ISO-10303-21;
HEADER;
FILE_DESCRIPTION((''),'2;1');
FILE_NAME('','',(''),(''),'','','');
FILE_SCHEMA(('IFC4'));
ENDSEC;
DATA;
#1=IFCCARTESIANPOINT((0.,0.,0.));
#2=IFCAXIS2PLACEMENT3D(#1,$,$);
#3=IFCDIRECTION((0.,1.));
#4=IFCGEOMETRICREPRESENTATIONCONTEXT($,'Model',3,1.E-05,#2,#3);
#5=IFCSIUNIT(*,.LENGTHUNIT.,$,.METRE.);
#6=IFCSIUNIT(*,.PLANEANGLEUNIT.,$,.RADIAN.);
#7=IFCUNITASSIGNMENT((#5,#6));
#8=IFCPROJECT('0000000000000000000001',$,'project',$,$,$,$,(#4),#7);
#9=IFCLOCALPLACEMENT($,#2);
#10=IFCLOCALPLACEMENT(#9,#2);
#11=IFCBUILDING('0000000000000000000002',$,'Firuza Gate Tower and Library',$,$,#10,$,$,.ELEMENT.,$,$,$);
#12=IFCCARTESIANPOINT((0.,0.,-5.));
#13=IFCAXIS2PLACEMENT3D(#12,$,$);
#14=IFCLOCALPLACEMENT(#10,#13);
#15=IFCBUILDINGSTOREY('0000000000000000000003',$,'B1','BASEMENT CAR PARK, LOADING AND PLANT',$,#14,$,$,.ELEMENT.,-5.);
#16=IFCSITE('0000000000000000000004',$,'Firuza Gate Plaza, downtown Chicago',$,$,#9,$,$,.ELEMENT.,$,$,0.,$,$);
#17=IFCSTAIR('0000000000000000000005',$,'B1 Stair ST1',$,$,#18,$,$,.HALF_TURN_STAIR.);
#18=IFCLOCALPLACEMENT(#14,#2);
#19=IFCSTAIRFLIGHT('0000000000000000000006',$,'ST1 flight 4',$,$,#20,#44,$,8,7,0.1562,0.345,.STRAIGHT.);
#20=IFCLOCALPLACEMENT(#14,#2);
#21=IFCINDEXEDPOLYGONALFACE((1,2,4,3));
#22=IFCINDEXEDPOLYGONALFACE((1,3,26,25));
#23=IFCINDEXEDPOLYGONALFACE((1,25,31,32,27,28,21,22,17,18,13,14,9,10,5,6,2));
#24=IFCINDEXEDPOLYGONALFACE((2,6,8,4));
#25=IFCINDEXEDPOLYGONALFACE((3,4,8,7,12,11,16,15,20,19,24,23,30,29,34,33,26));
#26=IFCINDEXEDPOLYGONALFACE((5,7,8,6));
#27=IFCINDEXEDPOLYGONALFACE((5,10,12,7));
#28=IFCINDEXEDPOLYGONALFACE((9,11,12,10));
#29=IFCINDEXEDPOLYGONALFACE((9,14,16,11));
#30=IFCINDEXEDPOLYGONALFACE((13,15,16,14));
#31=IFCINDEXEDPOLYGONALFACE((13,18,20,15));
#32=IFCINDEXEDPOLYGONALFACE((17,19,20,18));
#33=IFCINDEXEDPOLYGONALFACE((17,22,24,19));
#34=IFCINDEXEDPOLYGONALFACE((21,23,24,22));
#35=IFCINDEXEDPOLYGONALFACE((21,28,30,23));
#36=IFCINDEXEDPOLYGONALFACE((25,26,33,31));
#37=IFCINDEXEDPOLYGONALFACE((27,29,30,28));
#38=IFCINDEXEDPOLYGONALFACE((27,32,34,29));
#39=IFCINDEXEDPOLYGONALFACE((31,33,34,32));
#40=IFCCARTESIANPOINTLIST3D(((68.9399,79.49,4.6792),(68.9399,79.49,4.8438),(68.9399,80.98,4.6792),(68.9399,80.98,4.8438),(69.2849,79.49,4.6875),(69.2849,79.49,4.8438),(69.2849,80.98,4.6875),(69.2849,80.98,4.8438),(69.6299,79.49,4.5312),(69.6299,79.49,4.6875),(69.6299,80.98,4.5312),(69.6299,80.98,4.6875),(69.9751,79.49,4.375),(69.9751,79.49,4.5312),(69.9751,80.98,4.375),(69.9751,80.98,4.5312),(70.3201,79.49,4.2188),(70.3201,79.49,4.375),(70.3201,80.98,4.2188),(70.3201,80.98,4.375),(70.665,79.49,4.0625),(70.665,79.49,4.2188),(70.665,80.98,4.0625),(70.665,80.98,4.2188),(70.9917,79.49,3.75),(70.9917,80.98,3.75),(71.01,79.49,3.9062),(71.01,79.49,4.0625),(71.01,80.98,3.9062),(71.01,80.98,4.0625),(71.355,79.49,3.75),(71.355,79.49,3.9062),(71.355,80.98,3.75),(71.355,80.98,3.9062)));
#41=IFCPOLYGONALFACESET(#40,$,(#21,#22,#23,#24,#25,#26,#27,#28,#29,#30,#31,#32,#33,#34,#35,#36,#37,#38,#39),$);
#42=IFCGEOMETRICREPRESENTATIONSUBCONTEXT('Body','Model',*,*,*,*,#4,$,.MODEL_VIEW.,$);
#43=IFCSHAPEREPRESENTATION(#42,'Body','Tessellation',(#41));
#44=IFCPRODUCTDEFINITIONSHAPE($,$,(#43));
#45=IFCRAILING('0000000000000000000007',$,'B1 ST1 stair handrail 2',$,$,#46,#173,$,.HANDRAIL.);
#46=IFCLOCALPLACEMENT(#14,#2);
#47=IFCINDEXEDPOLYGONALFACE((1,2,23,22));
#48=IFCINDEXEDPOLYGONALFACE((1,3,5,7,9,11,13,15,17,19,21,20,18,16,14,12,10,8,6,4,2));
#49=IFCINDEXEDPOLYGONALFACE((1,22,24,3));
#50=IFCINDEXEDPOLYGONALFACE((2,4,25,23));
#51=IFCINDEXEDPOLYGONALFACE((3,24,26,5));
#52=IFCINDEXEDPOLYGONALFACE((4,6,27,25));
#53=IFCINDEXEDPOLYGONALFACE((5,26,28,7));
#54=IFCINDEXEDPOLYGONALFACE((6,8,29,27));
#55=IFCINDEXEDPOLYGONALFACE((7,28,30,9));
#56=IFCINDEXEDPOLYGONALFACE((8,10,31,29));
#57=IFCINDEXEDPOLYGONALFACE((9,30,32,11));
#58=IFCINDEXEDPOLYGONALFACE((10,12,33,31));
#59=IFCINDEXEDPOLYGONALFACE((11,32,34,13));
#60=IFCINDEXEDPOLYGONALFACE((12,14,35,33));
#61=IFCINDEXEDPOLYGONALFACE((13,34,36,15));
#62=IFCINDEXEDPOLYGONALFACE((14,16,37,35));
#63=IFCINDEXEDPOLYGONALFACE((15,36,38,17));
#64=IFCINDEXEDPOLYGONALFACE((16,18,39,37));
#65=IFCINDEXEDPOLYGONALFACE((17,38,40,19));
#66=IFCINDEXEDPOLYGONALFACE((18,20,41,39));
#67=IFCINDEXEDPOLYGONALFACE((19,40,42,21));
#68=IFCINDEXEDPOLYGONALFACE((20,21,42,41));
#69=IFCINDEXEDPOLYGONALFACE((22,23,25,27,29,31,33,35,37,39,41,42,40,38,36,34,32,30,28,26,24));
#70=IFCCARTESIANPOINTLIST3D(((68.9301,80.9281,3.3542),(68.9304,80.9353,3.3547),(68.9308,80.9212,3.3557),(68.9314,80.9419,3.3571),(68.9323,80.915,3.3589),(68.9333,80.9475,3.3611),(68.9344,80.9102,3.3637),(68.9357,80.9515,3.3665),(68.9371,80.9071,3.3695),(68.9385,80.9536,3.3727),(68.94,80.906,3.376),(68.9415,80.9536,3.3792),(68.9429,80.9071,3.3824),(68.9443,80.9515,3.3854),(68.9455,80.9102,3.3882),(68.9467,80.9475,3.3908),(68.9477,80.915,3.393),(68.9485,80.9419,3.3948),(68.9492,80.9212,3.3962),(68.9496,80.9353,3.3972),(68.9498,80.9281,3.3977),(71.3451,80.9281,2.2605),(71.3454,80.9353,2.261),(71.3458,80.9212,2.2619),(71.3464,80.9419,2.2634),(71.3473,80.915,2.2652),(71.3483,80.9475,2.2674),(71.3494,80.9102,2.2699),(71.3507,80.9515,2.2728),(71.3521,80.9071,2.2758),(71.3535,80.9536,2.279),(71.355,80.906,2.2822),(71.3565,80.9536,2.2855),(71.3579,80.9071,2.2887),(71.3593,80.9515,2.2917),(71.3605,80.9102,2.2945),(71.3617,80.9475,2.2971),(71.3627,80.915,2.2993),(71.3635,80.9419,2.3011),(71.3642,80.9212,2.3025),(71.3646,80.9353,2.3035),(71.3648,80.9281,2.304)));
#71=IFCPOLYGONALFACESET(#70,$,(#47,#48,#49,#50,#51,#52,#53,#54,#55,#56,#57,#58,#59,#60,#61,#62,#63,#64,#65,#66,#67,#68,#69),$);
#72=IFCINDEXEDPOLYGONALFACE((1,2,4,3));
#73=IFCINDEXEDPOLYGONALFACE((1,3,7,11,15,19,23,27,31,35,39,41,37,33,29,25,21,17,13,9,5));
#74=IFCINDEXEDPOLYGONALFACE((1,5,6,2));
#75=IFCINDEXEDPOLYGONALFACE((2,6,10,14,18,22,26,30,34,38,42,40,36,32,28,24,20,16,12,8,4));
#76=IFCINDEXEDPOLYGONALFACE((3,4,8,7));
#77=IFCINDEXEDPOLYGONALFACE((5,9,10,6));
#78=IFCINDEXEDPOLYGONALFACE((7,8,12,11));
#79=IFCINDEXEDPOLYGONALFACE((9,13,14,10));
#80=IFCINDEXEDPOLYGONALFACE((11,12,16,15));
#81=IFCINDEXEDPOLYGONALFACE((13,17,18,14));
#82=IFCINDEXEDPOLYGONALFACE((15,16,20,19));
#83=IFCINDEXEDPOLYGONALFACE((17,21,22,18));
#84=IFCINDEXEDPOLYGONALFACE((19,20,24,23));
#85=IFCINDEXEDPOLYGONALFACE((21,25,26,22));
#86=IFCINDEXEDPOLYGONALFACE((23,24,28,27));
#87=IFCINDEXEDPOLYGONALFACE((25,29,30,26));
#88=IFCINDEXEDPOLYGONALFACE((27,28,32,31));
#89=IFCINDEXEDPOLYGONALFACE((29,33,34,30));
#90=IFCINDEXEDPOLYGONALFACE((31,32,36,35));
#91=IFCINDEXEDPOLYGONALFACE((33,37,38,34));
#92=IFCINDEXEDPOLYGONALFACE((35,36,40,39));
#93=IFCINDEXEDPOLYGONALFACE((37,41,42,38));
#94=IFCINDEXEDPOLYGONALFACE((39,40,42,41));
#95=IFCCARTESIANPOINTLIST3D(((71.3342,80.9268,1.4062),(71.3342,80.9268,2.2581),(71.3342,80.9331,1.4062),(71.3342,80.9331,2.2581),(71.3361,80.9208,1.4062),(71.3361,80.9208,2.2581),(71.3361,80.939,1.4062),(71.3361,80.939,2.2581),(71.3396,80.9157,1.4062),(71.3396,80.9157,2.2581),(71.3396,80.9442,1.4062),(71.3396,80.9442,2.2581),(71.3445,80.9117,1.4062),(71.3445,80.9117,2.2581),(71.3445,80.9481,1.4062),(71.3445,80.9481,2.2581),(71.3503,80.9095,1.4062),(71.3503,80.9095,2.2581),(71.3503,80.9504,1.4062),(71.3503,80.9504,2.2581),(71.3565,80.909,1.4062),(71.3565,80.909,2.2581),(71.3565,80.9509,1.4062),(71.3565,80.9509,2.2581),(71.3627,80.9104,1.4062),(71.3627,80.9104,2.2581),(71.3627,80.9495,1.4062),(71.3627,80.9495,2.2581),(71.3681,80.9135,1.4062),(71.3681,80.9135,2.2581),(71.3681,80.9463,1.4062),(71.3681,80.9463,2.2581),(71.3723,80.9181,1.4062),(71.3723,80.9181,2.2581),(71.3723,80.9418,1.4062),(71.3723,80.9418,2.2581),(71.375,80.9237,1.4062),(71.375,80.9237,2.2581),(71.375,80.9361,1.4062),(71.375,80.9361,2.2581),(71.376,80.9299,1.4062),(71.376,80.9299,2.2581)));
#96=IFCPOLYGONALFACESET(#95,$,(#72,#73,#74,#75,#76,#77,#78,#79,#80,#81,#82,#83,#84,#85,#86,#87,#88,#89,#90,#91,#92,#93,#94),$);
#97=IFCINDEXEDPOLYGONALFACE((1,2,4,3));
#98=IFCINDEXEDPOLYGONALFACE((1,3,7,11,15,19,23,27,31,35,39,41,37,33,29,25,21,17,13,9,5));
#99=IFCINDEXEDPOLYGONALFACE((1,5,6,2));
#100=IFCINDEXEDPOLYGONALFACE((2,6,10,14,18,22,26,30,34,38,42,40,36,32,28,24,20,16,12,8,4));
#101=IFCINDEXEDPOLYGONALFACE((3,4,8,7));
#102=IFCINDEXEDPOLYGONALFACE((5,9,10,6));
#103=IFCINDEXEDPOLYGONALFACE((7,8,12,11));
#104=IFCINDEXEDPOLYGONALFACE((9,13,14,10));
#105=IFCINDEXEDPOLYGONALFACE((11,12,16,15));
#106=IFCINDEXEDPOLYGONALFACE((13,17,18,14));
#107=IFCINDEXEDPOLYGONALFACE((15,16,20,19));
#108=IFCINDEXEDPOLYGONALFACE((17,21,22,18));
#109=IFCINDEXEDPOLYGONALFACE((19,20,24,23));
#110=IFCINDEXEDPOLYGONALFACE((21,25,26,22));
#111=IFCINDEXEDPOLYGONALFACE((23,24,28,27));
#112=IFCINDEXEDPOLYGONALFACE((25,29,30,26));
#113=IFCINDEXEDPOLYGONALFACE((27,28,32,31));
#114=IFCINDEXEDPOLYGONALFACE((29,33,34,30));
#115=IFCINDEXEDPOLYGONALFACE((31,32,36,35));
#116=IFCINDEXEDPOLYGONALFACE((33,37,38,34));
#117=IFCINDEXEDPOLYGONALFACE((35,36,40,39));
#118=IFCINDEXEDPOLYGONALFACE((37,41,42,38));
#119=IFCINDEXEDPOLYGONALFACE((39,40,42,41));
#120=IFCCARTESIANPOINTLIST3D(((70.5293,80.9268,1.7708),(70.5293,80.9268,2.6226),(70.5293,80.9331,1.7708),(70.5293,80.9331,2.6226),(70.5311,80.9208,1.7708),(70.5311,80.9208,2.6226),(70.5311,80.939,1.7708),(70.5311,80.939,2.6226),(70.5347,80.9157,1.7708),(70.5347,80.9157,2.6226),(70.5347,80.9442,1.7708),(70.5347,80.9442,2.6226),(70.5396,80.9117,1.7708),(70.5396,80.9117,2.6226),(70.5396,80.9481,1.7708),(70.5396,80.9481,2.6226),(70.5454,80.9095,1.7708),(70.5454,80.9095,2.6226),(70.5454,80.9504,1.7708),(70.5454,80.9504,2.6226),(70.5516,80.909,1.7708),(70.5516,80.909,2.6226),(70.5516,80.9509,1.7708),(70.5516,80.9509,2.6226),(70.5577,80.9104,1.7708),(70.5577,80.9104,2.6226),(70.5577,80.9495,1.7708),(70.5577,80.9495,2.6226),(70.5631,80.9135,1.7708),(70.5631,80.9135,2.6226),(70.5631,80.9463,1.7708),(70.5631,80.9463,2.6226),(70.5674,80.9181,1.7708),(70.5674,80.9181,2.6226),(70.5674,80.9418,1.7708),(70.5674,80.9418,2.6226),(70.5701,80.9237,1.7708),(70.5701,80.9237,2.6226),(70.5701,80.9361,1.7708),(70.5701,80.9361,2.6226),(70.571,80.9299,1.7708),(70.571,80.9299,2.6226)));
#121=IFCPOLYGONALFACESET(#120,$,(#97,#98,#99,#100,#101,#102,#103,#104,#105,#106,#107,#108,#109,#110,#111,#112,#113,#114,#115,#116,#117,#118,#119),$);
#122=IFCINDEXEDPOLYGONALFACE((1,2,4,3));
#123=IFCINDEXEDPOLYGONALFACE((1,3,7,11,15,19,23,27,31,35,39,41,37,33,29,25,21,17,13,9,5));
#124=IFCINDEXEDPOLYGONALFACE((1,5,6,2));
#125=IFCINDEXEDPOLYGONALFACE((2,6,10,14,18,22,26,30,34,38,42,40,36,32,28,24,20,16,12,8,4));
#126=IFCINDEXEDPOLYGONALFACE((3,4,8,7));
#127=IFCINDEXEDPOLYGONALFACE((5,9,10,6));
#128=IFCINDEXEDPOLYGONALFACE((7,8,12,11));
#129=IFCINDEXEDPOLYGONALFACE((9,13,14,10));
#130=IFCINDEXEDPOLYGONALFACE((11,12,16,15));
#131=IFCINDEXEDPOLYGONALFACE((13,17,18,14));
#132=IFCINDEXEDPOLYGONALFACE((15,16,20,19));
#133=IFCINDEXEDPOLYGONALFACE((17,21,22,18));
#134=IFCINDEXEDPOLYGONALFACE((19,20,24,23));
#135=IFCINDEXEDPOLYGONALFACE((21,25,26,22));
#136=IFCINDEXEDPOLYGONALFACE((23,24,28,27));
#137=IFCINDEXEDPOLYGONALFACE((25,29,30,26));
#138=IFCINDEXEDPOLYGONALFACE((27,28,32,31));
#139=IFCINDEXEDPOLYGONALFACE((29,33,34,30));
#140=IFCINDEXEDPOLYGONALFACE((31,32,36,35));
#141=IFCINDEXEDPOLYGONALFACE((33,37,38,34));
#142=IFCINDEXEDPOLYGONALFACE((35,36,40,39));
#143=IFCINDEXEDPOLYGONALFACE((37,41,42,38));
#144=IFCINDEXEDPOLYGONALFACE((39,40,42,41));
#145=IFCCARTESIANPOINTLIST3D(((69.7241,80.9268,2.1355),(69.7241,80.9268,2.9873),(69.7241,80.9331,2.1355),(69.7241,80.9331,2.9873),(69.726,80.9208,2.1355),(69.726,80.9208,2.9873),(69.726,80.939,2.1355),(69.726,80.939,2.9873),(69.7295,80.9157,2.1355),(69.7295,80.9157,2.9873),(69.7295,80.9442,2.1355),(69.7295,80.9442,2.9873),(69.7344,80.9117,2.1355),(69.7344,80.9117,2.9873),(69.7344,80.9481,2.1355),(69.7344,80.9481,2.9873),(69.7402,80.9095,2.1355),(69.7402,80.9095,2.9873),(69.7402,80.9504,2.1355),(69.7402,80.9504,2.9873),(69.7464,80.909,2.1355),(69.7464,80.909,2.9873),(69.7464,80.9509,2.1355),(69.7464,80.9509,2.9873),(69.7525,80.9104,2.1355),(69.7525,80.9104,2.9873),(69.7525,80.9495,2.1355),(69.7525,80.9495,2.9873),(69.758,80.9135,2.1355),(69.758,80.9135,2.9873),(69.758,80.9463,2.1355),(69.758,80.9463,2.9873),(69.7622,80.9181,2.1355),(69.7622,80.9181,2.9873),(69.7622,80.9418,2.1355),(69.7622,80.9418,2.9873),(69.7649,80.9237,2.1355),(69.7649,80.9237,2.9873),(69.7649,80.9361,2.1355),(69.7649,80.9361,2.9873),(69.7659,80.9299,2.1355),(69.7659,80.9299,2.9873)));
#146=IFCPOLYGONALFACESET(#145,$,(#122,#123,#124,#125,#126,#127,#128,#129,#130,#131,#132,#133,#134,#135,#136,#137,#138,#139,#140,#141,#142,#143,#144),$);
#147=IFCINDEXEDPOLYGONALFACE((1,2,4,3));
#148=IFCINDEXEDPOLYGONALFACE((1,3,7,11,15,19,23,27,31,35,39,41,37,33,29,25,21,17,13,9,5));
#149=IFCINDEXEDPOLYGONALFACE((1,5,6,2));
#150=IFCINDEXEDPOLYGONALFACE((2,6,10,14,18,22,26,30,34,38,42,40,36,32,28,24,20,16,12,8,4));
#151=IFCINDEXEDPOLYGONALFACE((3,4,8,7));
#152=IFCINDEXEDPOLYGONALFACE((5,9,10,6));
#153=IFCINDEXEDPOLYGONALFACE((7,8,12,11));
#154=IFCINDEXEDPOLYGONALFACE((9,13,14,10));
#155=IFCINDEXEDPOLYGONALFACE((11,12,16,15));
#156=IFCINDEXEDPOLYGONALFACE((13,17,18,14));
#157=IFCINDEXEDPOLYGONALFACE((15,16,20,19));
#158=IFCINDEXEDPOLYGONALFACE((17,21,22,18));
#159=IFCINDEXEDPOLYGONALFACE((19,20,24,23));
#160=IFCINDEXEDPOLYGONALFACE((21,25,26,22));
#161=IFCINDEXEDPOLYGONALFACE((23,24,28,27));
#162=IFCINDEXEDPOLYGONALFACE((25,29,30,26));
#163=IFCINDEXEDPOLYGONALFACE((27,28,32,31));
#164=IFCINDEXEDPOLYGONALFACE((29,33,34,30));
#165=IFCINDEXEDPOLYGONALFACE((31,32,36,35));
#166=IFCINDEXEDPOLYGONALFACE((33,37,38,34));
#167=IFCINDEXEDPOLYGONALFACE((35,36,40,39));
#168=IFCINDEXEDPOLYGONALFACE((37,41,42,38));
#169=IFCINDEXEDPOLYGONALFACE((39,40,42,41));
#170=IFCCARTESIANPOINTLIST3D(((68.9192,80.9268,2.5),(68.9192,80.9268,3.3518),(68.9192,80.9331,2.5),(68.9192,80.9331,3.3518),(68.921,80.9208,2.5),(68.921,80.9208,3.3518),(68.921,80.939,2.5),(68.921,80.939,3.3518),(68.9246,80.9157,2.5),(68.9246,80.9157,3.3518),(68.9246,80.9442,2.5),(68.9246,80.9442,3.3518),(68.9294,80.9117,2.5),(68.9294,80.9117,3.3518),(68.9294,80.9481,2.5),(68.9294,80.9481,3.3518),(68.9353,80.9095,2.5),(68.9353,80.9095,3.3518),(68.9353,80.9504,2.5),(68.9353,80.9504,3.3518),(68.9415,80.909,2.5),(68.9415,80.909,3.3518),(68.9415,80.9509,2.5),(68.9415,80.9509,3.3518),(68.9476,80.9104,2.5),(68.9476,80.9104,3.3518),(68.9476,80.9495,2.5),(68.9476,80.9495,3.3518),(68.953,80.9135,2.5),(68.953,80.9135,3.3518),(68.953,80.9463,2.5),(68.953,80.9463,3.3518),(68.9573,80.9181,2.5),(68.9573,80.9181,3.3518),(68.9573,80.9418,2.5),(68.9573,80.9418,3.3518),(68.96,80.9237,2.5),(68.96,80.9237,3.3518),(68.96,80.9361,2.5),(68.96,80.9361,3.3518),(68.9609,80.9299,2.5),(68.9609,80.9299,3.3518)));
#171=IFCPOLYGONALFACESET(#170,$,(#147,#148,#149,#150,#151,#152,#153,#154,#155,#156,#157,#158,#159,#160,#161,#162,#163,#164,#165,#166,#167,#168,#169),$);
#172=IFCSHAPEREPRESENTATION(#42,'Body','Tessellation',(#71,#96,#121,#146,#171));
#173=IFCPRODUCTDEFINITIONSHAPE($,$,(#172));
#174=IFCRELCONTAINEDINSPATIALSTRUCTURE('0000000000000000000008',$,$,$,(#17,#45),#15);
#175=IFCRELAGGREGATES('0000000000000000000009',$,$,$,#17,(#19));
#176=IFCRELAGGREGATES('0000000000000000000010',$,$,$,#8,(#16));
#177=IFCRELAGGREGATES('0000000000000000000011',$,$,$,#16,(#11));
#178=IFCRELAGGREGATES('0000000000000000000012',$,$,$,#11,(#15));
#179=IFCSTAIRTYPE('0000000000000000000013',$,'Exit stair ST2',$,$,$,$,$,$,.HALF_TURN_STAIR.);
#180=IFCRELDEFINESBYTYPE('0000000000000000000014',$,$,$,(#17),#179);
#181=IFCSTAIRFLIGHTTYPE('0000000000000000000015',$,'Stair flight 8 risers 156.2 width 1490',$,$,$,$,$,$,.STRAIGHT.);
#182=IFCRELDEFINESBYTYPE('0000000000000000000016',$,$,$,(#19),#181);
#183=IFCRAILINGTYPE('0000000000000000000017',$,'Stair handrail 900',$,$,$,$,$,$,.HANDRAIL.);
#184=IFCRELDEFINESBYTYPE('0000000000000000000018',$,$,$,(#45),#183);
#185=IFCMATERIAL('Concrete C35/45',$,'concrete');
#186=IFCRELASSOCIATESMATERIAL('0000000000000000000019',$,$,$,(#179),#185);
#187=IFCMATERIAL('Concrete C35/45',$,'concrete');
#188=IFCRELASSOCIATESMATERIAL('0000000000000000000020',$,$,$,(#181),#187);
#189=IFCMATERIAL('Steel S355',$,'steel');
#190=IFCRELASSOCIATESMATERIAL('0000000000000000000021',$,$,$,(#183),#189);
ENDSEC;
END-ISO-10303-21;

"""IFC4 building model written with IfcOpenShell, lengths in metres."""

from ifc_helpers import new_model, si_unit, direction, frame, origin, origin_2d, place, context, subcontext, project, spatial, polyline, circle, outline, extrude, material, type_object, element, aggregate, save


model = new_model("IFC4")

# Units and contexts
model_context = context("Model", 3, precision=1e-05, world=origin(), true_north=direction((0.0, 1.0)))
body_context = subcontext(model_context, "Body", "Model", "MODEL_VIEW")
ifc_project = project(units=[si_unit("LENGTHUNIT", "METRE"), si_unit("PLANEANGLEUNIT", "RADIAN")], contexts=[model_context])

# Site, building, storey
site_placement = place(None, origin())
site = spatial("IfcSite", under=ifc_project, at=site_placement, Name="Firuza Gate Plaza, downtown Chicago", CompositionType="ELEMENT", RefElevation=0.0)
building_placement = place(site_placement, origin())
building = spatial("IfcBuilding", under=site, at=building_placement, Name="Firuza Gate Tower and Library", CompositionType="ELEMENT")
storey_placement = place(building_placement, frame((0.0, 0.0, -5.0)))
storey = spatial("IfcBuildingStorey", under=building, at=storey_placement, Name="B1", Description="BASEMENT CAR PARK, LOADING AND PLANT", CompositionType="ELEMENT", Elevation=-5.0)

# Shared definitions
placement = place(storey_placement, origin())

# Stair, stair flight
ifc_material_1 = material(Name="Concrete C35/45", Category="concrete")
stair_type_1 = type_object("IfcStairType", Name="Exit stair ST2", PredefinedType="HALF_TURN_STAIR", material=ifc_material_1)
stair_1 = element("IfcStair", 1, at=placement, inside=storey, type_object=stair_type_1, Name="B1 Stair ST1", PredefinedType="HALF_TURN_STAIR")
ifc_material_2 = material(Name="Concrete C35/45", Category="concrete")
stair_flight_type_1 = type_object("IfcStairFlightType", Name="Stair flight 8 risers 156.2 width 1490", PredefinedType="STRAIGHT", material=ifc_material_2)
stair_flight_1_placement = place(storey_placement, frame((71.355, 80.2351, 3.75), z_axis=(0.0, 0.0, 1.0), x_axis=(-1.0, 0.0, 0.0)))
stair_flight_1 = element("IfcStairFlight", 2, at=stair_flight_1_placement, type_object=stair_flight_type_1, Name="ST1 flight 4", NumberOfRisers=8, NumberOfTreads=7, PredefinedType="STRAIGHT", RiserHeight=0.1562, TreadLength=0.345, context=body_context, shape_type="SweptSolid", body=[
    extrude(outline(polyline([(0.0, 0.0), (0.0, 0.1562), (0.345, 0.1562), (0.345, 0.3125), (0.6899, 0.3125), (0.6899, 0.4688), (1.0349, 0.4688), (1.0349, 0.625), (1.3799, 0.625), (1.3799, 0.7812), (1.7251, 0.7812), (1.7251, 0.9375), (2.0701, 0.9375), (2.0701, 1.0938), (2.415, 1.0938), (2.415, 1.25), (2.415, 0.9292), (0.3633, 0.0), (0.0, 0.0)])), frame((0.0, 0.7451, 0.0), z_axis=(0.0, -1.0, 0.0), x_axis=(1.0, 0.0, 0.0)), (0.0, 0.0, 1.0), 1.49),
])
aggregate(stair_1, [stair_flight_1])

# Railing
ifc_material_3 = material(Name="Steel S355", Category="steel")
railing_type_1 = type_object("IfcRailingType", Name="Stair handrail 900", PredefinedType="HANDRAIL", material=ifc_material_3)
for number, where, name in (
    (3, (71.355, 80.9299, 1.4062), "B1 ST1 stair handrail 2"),
):
    element("IfcRailing", number, at=place(storey_placement, frame(where)), inside=storey, type_object=railing_type_1, Name=name, PredefinedType="HANDRAIL", context=body_context, shape_type="SweptSolid", body=[
        extrude(circle(Radius=0.0239, at=origin_2d()), frame((0.0, 0.0, 0.876), z_axis=(-0.910933, 0.0, 0.412554), x_axis=(0.0, -1.0, 0.0)), (0.0, 0.0, 1.0), 2.6511),
        extrude(circle(Radius=0.021, at=origin_2d()), origin(), (0.0, 0.0, 1.0), 0.8518),
        extrude(circle(Radius=0.021, at=origin_2d()), frame((-0.8049, 0.0, 0.3645)), (0.0, 0.0, 1.0), 0.8518),
        extrude(circle(Radius=0.021, at=origin_2d()), frame((-1.6101, 0.0, 0.7292)), (0.0, 0.0, 1.0), 0.8518),
        extrude(circle(Radius=0.021, at=origin_2d()), frame((-2.415, 0.0, 1.0938)), (0.0, 0.0, 1.0), 0.8518),
    ])

save(model, "model.ifc")
